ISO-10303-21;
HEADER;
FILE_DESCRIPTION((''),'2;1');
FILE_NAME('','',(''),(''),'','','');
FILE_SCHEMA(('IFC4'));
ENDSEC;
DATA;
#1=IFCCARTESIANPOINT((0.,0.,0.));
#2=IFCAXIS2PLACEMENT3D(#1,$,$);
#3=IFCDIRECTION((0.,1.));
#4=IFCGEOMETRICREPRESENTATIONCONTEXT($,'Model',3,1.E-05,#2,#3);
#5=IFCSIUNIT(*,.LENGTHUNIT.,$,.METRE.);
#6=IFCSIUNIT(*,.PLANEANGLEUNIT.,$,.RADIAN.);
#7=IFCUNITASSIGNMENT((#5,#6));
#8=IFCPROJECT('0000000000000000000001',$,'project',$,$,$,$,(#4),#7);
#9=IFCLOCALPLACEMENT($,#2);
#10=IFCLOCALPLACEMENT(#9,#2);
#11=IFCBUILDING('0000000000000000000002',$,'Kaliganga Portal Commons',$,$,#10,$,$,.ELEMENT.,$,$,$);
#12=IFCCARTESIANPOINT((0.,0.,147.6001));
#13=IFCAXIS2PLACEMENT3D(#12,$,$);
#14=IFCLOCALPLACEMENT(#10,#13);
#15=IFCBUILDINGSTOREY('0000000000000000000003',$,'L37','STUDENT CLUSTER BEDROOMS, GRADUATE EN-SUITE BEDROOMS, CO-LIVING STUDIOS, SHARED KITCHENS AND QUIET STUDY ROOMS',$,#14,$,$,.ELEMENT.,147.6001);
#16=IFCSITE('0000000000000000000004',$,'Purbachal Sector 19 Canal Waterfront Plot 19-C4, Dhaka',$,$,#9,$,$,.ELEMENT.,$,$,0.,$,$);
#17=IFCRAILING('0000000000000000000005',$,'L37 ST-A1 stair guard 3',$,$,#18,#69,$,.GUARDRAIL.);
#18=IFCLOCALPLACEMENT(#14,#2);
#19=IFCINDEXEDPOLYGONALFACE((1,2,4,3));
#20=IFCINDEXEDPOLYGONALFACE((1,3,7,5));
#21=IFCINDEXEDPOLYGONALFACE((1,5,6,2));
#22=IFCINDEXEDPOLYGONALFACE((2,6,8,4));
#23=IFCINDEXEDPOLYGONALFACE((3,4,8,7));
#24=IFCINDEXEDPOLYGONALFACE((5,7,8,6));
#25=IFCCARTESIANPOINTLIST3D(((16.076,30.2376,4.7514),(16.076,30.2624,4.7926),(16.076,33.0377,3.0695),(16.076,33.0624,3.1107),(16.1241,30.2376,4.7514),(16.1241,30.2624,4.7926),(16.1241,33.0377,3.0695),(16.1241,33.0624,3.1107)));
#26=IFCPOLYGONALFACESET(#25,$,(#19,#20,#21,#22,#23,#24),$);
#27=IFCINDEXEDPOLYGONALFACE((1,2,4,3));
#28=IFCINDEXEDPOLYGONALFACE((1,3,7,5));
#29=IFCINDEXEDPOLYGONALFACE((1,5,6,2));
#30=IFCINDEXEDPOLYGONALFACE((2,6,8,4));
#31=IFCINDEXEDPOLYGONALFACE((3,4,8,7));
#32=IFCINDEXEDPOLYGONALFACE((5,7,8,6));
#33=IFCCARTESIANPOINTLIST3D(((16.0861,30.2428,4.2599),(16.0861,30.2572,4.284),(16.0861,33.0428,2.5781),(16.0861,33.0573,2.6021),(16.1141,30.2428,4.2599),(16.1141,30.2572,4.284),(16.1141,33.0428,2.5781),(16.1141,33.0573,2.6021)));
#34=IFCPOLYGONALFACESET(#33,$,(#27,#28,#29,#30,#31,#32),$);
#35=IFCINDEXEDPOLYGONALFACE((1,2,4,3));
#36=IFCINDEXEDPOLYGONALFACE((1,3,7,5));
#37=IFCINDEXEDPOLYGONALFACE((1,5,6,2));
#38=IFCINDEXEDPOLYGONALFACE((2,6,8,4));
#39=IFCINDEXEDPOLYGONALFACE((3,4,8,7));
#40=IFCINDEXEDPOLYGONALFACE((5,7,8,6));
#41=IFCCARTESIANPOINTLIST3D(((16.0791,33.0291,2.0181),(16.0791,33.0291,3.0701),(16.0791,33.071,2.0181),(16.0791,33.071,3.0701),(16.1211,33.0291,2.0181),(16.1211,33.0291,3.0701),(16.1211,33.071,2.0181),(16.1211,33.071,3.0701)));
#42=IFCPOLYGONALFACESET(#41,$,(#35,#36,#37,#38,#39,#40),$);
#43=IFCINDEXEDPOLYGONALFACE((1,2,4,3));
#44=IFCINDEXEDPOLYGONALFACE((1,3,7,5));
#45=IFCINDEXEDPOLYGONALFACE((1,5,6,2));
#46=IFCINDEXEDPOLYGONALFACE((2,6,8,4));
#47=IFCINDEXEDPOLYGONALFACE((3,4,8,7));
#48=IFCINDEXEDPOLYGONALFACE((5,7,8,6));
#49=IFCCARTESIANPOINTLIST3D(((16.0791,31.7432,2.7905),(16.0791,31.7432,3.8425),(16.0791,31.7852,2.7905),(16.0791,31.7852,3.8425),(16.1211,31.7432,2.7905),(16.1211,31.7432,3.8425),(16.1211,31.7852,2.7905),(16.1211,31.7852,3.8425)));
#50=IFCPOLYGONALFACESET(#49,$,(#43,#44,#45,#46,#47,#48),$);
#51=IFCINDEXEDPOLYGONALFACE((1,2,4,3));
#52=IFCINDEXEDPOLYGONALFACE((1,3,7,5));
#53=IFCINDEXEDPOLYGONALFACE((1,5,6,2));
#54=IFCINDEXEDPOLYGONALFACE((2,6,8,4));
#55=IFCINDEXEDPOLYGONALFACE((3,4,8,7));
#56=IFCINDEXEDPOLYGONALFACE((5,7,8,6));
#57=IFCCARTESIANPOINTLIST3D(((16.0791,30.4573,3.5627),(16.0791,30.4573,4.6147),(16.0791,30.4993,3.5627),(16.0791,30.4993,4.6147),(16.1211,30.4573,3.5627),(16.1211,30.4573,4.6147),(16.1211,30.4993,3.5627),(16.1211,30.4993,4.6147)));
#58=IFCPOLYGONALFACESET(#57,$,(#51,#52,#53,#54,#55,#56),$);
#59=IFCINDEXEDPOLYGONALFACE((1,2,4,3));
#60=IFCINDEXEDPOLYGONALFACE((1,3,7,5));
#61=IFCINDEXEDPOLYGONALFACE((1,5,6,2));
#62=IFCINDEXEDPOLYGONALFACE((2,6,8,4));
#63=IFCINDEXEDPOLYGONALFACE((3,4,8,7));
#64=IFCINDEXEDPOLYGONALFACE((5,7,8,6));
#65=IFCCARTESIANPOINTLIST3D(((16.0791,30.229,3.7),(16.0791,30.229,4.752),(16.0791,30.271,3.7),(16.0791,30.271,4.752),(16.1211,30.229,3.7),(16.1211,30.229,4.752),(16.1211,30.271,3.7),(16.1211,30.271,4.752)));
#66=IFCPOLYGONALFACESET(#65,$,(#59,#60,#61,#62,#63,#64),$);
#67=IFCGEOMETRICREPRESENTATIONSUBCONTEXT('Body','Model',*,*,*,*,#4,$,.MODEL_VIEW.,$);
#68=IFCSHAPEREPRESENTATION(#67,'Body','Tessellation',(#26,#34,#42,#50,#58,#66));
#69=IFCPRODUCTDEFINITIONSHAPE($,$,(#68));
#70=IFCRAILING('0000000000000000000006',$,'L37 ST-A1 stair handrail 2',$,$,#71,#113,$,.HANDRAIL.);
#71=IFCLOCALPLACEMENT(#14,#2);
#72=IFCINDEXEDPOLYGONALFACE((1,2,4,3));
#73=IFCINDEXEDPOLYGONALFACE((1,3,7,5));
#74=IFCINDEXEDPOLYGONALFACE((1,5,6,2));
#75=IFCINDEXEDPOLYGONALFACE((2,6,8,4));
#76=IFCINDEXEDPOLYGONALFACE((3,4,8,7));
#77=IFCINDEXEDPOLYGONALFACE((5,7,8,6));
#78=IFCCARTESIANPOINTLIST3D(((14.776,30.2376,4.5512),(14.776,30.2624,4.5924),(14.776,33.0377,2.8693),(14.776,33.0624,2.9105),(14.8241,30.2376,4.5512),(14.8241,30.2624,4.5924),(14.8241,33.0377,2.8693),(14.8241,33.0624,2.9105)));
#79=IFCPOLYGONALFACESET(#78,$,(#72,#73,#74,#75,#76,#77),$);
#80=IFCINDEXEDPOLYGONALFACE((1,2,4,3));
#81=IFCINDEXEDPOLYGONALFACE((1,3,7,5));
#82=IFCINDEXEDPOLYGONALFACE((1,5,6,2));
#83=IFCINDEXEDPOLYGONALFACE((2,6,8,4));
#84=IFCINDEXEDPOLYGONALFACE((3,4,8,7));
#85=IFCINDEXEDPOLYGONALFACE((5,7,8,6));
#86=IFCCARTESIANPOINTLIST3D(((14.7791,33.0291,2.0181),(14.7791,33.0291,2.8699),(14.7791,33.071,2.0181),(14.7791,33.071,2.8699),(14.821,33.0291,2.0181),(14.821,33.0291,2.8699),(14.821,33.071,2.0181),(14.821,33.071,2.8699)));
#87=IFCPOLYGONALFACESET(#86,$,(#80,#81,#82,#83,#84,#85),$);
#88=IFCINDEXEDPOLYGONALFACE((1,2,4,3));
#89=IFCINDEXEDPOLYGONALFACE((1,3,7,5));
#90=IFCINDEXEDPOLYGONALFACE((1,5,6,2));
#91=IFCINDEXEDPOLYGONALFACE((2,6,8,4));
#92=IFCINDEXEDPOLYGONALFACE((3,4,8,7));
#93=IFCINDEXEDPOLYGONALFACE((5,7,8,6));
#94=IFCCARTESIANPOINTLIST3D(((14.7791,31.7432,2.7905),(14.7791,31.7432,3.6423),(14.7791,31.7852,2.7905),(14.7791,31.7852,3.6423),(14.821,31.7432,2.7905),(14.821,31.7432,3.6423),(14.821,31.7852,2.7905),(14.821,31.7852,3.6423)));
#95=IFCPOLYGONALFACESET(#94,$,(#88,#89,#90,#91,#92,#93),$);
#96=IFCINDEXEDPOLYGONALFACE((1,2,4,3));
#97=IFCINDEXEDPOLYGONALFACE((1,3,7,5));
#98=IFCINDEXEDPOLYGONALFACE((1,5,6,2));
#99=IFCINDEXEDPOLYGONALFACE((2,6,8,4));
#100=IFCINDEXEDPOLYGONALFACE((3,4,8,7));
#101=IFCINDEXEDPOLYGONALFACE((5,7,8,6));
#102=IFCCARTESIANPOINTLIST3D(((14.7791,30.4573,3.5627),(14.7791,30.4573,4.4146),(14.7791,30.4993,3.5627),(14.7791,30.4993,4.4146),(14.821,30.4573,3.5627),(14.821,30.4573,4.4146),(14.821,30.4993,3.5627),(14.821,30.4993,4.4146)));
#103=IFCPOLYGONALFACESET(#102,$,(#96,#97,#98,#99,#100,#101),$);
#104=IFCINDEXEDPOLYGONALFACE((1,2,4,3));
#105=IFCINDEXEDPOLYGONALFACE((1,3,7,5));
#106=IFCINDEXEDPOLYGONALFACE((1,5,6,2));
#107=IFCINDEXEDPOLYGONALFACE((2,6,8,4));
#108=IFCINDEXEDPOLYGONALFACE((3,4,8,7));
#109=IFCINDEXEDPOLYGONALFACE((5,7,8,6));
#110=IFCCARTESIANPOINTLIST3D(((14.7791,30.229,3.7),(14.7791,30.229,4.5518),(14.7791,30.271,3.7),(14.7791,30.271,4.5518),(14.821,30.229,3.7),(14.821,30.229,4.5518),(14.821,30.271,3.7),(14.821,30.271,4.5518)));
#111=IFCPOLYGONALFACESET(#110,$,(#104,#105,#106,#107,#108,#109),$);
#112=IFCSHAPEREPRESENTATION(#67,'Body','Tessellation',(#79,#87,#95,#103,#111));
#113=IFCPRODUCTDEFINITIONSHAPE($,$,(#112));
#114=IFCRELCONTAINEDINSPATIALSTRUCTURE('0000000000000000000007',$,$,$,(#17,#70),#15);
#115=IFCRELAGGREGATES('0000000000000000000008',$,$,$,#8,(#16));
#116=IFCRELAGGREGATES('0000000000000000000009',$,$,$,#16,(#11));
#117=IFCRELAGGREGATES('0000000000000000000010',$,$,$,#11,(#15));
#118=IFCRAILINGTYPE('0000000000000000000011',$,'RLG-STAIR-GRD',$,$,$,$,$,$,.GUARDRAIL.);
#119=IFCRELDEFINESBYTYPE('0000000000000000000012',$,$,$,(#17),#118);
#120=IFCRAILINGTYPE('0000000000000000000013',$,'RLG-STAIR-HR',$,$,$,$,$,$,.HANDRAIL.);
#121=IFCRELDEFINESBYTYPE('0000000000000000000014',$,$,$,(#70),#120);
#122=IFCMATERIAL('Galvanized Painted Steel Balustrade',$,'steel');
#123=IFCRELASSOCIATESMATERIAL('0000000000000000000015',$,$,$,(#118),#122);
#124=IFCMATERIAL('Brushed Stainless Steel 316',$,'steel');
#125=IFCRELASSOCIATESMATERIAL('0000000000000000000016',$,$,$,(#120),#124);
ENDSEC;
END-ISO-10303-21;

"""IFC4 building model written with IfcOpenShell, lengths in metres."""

from ifc_helpers import new_model, si_unit, direction, frame, origin, origin_2d, place, context, subcontext, project, spatial, rectangle, extrude, material, type_object, element, save


model = new_model("IFC4")

# Units and contexts
model_context = context("Model", 3, precision=1e-05, world=origin(), true_north=direction((0.0, 1.0)))
body_context = subcontext(model_context, "Body", "Model", "MODEL_VIEW")
ifc_project = project(units=[si_unit("LENGTHUNIT", "METRE"), si_unit("PLANEANGLEUNIT", "RADIAN")], contexts=[model_context])

# Site, building, storey
site_placement = place(None, origin())
site = spatial("IfcSite", under=ifc_project, at=site_placement, Name="Purbachal Sector 19 Canal Waterfront Plot 19-C4, Dhaka", CompositionType="ELEMENT", RefElevation=0.0)
building_placement = place(site_placement, origin())
building = spatial("IfcBuilding", under=site, at=building_placement, Name="Kaliganga Portal Commons", CompositionType="ELEMENT")
storey_placement = place(building_placement, frame((0.0, 0.0, 147.6001)))
storey = spatial("IfcBuildingStorey", under=building, at=storey_placement, Name="L37", Description="STUDENT CLUSTER BEDROOMS, GRADUATE EN-SUITE BEDROOMS, CO-LIVING STUDIOS, SHARED KITCHENS AND QUIET STUDY ROOMS", CompositionType="ELEMENT", Elevation=147.6001)

# Railings
ifc_material_1 = material(Name="Galvanized Painted Steel Balustrade", Category="steel")
railing_type_1 = type_object("IfcRailingType", Name="RLG-STAIR-GRD", PredefinedType="GUARDRAIL", material=ifc_material_1)
railing_1_placement = place(storey_placement, frame((16.1001, 33.05, 2.0181)))
element("IfcRailing", 1, at=railing_1_placement, inside=storey, type_object=railing_type_1, Name="L37 ST-A1 stair guard 3", PredefinedType="GUARDRAIL", context=body_context, shape_type="SweptSolid", body=[
    extrude(rectangle(XDim=0.0481, YDim=0.0481, at=origin_2d()), frame((0.0, 0.0, 1.072), z_axis=(0.0, -0.857242, 0.514913), x_axis=(1.0, 0.0, 0.0)), (0.0, 0.0, 1.0), 3.2664),
    extrude(rectangle(XDim=0.0281, YDim=0.0281, at=origin_2d()), frame((0.0, 0.0, 0.572), z_axis=(0.0, -0.857242, 0.514913), x_axis=(1.0, 0.0, 0.0)), (0.0, 0.0, 1.0), 3.2664),
    extrude(rectangle(XDim=0.042, YDim=0.042, at=origin_2d()), origin(), (0.0, 0.0, 1.0), 1.052),
    extrude(rectangle(XDim=0.042, YDim=0.042, at=origin_2d()), frame((0.0, -1.2859, 0.7725)), (0.0, 0.0, 1.0), 1.052),
    extrude(rectangle(XDim=0.042, YDim=0.042, at=origin_2d()), frame((0.0, -2.5718, 1.5447)), (0.0, 0.0, 1.0), 1.052),
    extrude(rectangle(XDim=0.042, YDim=0.042, at=origin_2d()), frame((0.0, -2.8, 1.6819)), (0.0, 0.0, 1.0), 1.052),
])
ifc_material_2 = material(Name="Brushed Stainless Steel 316", Category="steel")
railing_type_2 = type_object("IfcRailingType", Name="RLG-STAIR-HR", PredefinedType="HANDRAIL", material=ifc_material_2)
railing_2_placement = place(storey_placement, frame((14.8, 33.05, 2.0181)))
element("IfcRailing", 2, at=railing_2_placement, inside=storey, type_object=railing_type_2, Name="L37 ST-A1 stair handrail 2", PredefinedType="HANDRAIL", context=body_context, shape_type="SweptSolid", body=[
    extrude(rectangle(XDim=0.0481, YDim=0.0481, at=origin_2d()), frame((0.0, 0.0, 0.8718), z_axis=(0.0, -0.857242, 0.514913), x_axis=(1.0, 0.0, 0.0)), (0.0, 0.0, 1.0), 3.2664),
    extrude(rectangle(XDim=0.042, YDim=0.042, at=origin_2d()), origin(), (0.0, 0.0, 1.0), 0.8518),
    extrude(rectangle(XDim=0.042, YDim=0.042, at=origin_2d()), frame((0.0, -1.2859, 0.7725)), (0.0, 0.0, 1.0), 0.8518),
    extrude(rectangle(XDim=0.042, YDim=0.042, at=origin_2d()), frame((0.0, -2.5718, 1.5447)), (0.0, 0.0, 1.0), 0.8518),
    extrude(rectangle(XDim=0.042, YDim=0.042, at=origin_2d()), frame((0.0, -2.8, 1.6819)), (0.0, 0.0, 1.0), 0.8518),
])

save(model, "model.ifc")
